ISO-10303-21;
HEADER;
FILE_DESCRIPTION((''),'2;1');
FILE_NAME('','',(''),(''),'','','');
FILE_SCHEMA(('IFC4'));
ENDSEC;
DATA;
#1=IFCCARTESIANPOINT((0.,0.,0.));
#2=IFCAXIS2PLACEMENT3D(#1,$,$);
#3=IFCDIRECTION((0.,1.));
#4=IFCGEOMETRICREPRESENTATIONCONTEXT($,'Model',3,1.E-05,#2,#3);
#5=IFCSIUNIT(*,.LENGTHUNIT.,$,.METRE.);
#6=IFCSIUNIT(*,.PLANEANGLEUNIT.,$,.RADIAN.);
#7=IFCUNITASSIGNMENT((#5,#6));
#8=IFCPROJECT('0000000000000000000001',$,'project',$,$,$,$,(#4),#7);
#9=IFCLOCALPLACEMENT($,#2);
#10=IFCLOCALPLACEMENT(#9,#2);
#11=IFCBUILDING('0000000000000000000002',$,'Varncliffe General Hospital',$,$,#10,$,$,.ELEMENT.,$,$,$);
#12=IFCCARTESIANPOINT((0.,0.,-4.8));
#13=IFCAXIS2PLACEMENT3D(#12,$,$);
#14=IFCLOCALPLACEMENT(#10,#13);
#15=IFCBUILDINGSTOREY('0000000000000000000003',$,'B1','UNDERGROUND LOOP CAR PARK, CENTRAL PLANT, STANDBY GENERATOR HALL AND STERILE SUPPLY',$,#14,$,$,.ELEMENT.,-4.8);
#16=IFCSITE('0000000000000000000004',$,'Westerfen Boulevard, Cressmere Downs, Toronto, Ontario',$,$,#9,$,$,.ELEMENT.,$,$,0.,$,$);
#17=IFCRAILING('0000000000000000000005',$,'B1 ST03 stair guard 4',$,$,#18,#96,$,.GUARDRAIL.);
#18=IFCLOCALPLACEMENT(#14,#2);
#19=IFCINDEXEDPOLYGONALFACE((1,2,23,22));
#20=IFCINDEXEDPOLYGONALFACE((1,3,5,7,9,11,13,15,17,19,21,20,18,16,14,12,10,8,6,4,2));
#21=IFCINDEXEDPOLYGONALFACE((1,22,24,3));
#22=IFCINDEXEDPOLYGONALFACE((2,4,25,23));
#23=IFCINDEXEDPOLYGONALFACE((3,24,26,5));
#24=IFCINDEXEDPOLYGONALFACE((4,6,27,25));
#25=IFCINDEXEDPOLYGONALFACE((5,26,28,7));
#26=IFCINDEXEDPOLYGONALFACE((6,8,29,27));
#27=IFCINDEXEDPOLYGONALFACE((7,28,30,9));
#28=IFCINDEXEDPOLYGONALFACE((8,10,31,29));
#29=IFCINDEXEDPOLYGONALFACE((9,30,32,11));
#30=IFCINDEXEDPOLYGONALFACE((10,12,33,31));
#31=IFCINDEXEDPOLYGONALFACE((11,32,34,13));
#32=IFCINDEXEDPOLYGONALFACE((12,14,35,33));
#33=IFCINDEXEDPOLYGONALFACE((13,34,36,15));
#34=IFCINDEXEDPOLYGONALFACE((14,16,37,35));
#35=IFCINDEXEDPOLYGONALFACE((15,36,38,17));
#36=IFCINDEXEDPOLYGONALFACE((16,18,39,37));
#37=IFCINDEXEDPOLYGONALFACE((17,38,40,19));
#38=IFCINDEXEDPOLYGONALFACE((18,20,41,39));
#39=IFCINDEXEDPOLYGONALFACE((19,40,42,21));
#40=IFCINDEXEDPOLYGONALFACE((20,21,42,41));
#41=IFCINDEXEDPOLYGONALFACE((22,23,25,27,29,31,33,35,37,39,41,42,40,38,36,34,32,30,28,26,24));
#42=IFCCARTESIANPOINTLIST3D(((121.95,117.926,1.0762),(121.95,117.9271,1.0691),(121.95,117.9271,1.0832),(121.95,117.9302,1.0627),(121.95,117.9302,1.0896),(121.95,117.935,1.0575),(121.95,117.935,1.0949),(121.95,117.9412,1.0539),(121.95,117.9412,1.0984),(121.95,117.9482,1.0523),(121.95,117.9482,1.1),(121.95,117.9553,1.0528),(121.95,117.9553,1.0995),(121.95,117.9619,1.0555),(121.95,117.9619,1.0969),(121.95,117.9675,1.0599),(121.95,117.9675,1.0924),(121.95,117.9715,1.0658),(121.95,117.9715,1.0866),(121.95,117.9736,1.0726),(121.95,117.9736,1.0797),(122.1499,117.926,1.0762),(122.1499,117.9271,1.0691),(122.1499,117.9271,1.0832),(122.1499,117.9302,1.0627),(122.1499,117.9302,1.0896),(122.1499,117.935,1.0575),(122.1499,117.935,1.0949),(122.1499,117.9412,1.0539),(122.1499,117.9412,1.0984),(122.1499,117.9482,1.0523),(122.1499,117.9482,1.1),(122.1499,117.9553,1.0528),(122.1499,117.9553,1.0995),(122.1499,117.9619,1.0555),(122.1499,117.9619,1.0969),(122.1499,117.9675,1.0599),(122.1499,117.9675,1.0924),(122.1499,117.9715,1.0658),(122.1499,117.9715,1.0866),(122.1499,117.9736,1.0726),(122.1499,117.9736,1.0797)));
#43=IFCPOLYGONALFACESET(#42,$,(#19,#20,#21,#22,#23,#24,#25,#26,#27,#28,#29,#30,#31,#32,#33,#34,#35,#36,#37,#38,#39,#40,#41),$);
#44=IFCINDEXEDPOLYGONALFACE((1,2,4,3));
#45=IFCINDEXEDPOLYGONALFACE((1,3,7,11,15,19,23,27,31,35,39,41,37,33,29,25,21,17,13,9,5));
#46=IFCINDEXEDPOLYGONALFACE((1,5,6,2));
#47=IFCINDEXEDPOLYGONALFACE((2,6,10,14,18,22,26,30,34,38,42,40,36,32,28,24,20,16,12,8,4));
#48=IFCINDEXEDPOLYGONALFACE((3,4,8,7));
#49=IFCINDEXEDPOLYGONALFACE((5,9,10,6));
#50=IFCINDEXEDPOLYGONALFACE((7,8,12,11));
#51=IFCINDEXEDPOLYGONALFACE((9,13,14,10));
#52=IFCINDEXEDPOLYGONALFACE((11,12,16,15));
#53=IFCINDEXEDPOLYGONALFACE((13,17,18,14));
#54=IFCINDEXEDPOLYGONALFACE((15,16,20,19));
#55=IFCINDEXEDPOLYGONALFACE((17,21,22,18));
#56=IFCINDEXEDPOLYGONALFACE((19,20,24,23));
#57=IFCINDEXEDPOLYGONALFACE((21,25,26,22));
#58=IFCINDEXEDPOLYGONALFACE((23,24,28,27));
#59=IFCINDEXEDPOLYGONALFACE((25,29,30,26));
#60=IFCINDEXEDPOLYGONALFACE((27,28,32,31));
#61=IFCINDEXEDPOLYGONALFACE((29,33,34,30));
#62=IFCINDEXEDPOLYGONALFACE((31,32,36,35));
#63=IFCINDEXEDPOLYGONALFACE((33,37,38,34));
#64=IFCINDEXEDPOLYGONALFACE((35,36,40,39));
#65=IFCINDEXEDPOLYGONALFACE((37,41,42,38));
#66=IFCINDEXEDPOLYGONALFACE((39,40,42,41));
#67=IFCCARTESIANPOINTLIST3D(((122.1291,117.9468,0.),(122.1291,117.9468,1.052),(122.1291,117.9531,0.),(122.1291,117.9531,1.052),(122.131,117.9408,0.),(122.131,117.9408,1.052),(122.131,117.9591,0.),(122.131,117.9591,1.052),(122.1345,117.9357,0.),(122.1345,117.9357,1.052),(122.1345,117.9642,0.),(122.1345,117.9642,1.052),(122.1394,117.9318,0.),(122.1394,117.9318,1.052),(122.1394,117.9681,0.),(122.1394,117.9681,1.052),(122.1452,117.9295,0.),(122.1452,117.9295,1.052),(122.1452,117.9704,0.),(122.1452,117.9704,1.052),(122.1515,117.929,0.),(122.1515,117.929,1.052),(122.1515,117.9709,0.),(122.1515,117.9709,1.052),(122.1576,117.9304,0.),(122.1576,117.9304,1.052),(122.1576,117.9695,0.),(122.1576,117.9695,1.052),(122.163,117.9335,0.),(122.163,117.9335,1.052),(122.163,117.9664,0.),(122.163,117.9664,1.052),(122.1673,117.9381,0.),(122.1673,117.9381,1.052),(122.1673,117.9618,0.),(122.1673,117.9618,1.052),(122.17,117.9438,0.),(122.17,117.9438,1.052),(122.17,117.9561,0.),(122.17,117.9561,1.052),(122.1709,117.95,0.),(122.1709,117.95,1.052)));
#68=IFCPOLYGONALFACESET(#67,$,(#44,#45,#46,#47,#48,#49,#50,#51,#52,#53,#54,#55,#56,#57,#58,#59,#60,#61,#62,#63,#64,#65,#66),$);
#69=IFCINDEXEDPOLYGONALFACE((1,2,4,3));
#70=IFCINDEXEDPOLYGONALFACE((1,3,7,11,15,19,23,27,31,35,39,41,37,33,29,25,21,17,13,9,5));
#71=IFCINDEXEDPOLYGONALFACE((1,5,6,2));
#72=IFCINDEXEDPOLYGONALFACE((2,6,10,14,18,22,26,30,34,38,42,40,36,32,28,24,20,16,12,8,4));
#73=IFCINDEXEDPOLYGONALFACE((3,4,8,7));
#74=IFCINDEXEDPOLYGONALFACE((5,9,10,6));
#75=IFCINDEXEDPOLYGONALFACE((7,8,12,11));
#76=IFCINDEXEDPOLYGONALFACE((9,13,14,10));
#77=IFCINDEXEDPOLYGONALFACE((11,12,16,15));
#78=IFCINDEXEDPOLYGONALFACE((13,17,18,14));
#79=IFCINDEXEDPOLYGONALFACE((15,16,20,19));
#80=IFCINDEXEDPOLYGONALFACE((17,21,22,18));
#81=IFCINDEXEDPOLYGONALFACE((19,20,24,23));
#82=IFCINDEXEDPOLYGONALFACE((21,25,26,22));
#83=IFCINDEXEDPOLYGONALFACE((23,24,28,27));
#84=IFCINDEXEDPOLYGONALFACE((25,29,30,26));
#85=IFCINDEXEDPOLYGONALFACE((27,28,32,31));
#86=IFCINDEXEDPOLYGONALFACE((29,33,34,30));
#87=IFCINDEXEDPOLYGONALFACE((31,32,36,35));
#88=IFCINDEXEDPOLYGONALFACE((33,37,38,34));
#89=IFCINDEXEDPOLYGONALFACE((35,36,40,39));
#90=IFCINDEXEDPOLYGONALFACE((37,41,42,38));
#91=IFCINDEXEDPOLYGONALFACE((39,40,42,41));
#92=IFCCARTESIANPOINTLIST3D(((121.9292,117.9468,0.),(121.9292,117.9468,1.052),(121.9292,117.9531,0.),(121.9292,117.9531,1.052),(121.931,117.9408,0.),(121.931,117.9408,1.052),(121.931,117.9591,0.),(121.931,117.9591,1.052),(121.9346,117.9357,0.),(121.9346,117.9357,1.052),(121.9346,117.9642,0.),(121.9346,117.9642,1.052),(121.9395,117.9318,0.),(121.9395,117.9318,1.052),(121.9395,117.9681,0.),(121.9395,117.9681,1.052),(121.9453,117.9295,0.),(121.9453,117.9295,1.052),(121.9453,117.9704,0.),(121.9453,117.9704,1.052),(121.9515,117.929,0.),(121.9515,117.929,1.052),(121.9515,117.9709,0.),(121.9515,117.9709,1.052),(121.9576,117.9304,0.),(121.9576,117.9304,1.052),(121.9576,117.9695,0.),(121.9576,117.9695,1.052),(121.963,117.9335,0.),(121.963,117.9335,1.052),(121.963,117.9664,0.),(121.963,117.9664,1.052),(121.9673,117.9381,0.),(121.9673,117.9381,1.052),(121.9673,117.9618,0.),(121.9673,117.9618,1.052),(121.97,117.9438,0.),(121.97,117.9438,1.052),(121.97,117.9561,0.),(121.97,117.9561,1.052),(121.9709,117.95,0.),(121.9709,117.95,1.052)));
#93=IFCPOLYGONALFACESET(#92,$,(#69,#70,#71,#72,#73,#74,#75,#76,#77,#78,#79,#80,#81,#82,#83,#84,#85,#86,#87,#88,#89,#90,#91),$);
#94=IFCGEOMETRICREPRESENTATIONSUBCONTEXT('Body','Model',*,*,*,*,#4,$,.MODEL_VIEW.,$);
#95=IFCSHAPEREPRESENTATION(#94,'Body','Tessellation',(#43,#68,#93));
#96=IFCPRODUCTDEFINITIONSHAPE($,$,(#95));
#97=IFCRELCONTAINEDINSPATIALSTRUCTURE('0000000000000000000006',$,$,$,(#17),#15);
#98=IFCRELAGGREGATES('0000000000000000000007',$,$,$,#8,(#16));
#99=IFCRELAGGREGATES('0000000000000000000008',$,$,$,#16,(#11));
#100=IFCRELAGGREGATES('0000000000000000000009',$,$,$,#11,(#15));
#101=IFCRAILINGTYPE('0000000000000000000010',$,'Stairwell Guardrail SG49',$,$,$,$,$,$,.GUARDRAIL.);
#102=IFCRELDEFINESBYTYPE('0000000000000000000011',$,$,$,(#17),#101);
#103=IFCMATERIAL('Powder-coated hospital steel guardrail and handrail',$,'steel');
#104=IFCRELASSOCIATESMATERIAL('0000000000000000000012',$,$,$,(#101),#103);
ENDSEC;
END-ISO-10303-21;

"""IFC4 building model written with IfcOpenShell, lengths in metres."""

from ifc_helpers import new_model, si_unit, direction, frame, origin, origin_2d, place, context, subcontext, project, spatial, circle, extrude, material, type_object, element, save


model = new_model("IFC4")

# Units and contexts
model_context = context("Model", 3, precision=1e-05, world=origin(), true_north=direction((0.0, 1.0)))
body_context = subcontext(model_context, "Body", "Model", "MODEL_VIEW")
ifc_project = project(units=[si_unit("LENGTHUNIT", "METRE"), si_unit("PLANEANGLEUNIT", "RADIAN")], contexts=[model_context])

# Site, building, storey
site_placement = place(None, origin())
site = spatial("IfcSite", under=ifc_project, at=site_placement, Name="Westerfen Boulevard, Cressmere Downs, Toronto, Ontario", CompositionType="ELEMENT", RefElevation=0.0)
building_placement = place(site_placement, origin())
building = spatial("IfcBuilding", under=site, at=building_placement, Name="Varncliffe General Hospital", CompositionType="ELEMENT")
storey_placement = place(building_placement, frame((0.0, 0.0, -4.8)))
storey = spatial("IfcBuildingStorey", under=building, at=storey_placement, Name="B1", Description="UNDERGROUND LOOP CAR PARK, CENTRAL PLANT, STANDBY GENERATOR HALL AND STERILE SUPPLY", CompositionType="ELEMENT", Elevation=-4.8)

# Railing
ifc_material_1 = material(Name="Powder-coated hospital steel guardrail and handrail", Category="steel")
railing_type_1 = type_object("IfcRailingType", Name="Stairwell Guardrail SG49", PredefinedType="GUARDRAIL", material=ifc_material_1)
railing_1_placement = place(storey_placement, frame((122.1499, 117.95, 0.0)))
element("IfcRailing", 1, at=railing_1_placement, inside=storey, type_object=railing_type_1, Name="B1 ST03 stair guard 4", PredefinedType="GUARDRAIL", context=body_context, shape_type="SweptSolid", body=[
    extrude(circle(Radius=0.0239, at=origin_2d()), frame((0.0, 0.0, 1.0762), z_axis=(-1.0, 0.0, 0.0), x_axis=(0.0, -1.0, 0.0)), (0.0, 0.0, 1.0), 0.2),
    extrude(circle(Radius=0.021, at=origin_2d()), origin(), (0.0, 0.0, 1.0), 1.052),
    extrude(circle(Radius=0.021, at=origin_2d()), frame((-0.2, 0.0, 0.0)), (0.0, 0.0, 1.0), 1.052),
])

save(model, "model.ifc")
